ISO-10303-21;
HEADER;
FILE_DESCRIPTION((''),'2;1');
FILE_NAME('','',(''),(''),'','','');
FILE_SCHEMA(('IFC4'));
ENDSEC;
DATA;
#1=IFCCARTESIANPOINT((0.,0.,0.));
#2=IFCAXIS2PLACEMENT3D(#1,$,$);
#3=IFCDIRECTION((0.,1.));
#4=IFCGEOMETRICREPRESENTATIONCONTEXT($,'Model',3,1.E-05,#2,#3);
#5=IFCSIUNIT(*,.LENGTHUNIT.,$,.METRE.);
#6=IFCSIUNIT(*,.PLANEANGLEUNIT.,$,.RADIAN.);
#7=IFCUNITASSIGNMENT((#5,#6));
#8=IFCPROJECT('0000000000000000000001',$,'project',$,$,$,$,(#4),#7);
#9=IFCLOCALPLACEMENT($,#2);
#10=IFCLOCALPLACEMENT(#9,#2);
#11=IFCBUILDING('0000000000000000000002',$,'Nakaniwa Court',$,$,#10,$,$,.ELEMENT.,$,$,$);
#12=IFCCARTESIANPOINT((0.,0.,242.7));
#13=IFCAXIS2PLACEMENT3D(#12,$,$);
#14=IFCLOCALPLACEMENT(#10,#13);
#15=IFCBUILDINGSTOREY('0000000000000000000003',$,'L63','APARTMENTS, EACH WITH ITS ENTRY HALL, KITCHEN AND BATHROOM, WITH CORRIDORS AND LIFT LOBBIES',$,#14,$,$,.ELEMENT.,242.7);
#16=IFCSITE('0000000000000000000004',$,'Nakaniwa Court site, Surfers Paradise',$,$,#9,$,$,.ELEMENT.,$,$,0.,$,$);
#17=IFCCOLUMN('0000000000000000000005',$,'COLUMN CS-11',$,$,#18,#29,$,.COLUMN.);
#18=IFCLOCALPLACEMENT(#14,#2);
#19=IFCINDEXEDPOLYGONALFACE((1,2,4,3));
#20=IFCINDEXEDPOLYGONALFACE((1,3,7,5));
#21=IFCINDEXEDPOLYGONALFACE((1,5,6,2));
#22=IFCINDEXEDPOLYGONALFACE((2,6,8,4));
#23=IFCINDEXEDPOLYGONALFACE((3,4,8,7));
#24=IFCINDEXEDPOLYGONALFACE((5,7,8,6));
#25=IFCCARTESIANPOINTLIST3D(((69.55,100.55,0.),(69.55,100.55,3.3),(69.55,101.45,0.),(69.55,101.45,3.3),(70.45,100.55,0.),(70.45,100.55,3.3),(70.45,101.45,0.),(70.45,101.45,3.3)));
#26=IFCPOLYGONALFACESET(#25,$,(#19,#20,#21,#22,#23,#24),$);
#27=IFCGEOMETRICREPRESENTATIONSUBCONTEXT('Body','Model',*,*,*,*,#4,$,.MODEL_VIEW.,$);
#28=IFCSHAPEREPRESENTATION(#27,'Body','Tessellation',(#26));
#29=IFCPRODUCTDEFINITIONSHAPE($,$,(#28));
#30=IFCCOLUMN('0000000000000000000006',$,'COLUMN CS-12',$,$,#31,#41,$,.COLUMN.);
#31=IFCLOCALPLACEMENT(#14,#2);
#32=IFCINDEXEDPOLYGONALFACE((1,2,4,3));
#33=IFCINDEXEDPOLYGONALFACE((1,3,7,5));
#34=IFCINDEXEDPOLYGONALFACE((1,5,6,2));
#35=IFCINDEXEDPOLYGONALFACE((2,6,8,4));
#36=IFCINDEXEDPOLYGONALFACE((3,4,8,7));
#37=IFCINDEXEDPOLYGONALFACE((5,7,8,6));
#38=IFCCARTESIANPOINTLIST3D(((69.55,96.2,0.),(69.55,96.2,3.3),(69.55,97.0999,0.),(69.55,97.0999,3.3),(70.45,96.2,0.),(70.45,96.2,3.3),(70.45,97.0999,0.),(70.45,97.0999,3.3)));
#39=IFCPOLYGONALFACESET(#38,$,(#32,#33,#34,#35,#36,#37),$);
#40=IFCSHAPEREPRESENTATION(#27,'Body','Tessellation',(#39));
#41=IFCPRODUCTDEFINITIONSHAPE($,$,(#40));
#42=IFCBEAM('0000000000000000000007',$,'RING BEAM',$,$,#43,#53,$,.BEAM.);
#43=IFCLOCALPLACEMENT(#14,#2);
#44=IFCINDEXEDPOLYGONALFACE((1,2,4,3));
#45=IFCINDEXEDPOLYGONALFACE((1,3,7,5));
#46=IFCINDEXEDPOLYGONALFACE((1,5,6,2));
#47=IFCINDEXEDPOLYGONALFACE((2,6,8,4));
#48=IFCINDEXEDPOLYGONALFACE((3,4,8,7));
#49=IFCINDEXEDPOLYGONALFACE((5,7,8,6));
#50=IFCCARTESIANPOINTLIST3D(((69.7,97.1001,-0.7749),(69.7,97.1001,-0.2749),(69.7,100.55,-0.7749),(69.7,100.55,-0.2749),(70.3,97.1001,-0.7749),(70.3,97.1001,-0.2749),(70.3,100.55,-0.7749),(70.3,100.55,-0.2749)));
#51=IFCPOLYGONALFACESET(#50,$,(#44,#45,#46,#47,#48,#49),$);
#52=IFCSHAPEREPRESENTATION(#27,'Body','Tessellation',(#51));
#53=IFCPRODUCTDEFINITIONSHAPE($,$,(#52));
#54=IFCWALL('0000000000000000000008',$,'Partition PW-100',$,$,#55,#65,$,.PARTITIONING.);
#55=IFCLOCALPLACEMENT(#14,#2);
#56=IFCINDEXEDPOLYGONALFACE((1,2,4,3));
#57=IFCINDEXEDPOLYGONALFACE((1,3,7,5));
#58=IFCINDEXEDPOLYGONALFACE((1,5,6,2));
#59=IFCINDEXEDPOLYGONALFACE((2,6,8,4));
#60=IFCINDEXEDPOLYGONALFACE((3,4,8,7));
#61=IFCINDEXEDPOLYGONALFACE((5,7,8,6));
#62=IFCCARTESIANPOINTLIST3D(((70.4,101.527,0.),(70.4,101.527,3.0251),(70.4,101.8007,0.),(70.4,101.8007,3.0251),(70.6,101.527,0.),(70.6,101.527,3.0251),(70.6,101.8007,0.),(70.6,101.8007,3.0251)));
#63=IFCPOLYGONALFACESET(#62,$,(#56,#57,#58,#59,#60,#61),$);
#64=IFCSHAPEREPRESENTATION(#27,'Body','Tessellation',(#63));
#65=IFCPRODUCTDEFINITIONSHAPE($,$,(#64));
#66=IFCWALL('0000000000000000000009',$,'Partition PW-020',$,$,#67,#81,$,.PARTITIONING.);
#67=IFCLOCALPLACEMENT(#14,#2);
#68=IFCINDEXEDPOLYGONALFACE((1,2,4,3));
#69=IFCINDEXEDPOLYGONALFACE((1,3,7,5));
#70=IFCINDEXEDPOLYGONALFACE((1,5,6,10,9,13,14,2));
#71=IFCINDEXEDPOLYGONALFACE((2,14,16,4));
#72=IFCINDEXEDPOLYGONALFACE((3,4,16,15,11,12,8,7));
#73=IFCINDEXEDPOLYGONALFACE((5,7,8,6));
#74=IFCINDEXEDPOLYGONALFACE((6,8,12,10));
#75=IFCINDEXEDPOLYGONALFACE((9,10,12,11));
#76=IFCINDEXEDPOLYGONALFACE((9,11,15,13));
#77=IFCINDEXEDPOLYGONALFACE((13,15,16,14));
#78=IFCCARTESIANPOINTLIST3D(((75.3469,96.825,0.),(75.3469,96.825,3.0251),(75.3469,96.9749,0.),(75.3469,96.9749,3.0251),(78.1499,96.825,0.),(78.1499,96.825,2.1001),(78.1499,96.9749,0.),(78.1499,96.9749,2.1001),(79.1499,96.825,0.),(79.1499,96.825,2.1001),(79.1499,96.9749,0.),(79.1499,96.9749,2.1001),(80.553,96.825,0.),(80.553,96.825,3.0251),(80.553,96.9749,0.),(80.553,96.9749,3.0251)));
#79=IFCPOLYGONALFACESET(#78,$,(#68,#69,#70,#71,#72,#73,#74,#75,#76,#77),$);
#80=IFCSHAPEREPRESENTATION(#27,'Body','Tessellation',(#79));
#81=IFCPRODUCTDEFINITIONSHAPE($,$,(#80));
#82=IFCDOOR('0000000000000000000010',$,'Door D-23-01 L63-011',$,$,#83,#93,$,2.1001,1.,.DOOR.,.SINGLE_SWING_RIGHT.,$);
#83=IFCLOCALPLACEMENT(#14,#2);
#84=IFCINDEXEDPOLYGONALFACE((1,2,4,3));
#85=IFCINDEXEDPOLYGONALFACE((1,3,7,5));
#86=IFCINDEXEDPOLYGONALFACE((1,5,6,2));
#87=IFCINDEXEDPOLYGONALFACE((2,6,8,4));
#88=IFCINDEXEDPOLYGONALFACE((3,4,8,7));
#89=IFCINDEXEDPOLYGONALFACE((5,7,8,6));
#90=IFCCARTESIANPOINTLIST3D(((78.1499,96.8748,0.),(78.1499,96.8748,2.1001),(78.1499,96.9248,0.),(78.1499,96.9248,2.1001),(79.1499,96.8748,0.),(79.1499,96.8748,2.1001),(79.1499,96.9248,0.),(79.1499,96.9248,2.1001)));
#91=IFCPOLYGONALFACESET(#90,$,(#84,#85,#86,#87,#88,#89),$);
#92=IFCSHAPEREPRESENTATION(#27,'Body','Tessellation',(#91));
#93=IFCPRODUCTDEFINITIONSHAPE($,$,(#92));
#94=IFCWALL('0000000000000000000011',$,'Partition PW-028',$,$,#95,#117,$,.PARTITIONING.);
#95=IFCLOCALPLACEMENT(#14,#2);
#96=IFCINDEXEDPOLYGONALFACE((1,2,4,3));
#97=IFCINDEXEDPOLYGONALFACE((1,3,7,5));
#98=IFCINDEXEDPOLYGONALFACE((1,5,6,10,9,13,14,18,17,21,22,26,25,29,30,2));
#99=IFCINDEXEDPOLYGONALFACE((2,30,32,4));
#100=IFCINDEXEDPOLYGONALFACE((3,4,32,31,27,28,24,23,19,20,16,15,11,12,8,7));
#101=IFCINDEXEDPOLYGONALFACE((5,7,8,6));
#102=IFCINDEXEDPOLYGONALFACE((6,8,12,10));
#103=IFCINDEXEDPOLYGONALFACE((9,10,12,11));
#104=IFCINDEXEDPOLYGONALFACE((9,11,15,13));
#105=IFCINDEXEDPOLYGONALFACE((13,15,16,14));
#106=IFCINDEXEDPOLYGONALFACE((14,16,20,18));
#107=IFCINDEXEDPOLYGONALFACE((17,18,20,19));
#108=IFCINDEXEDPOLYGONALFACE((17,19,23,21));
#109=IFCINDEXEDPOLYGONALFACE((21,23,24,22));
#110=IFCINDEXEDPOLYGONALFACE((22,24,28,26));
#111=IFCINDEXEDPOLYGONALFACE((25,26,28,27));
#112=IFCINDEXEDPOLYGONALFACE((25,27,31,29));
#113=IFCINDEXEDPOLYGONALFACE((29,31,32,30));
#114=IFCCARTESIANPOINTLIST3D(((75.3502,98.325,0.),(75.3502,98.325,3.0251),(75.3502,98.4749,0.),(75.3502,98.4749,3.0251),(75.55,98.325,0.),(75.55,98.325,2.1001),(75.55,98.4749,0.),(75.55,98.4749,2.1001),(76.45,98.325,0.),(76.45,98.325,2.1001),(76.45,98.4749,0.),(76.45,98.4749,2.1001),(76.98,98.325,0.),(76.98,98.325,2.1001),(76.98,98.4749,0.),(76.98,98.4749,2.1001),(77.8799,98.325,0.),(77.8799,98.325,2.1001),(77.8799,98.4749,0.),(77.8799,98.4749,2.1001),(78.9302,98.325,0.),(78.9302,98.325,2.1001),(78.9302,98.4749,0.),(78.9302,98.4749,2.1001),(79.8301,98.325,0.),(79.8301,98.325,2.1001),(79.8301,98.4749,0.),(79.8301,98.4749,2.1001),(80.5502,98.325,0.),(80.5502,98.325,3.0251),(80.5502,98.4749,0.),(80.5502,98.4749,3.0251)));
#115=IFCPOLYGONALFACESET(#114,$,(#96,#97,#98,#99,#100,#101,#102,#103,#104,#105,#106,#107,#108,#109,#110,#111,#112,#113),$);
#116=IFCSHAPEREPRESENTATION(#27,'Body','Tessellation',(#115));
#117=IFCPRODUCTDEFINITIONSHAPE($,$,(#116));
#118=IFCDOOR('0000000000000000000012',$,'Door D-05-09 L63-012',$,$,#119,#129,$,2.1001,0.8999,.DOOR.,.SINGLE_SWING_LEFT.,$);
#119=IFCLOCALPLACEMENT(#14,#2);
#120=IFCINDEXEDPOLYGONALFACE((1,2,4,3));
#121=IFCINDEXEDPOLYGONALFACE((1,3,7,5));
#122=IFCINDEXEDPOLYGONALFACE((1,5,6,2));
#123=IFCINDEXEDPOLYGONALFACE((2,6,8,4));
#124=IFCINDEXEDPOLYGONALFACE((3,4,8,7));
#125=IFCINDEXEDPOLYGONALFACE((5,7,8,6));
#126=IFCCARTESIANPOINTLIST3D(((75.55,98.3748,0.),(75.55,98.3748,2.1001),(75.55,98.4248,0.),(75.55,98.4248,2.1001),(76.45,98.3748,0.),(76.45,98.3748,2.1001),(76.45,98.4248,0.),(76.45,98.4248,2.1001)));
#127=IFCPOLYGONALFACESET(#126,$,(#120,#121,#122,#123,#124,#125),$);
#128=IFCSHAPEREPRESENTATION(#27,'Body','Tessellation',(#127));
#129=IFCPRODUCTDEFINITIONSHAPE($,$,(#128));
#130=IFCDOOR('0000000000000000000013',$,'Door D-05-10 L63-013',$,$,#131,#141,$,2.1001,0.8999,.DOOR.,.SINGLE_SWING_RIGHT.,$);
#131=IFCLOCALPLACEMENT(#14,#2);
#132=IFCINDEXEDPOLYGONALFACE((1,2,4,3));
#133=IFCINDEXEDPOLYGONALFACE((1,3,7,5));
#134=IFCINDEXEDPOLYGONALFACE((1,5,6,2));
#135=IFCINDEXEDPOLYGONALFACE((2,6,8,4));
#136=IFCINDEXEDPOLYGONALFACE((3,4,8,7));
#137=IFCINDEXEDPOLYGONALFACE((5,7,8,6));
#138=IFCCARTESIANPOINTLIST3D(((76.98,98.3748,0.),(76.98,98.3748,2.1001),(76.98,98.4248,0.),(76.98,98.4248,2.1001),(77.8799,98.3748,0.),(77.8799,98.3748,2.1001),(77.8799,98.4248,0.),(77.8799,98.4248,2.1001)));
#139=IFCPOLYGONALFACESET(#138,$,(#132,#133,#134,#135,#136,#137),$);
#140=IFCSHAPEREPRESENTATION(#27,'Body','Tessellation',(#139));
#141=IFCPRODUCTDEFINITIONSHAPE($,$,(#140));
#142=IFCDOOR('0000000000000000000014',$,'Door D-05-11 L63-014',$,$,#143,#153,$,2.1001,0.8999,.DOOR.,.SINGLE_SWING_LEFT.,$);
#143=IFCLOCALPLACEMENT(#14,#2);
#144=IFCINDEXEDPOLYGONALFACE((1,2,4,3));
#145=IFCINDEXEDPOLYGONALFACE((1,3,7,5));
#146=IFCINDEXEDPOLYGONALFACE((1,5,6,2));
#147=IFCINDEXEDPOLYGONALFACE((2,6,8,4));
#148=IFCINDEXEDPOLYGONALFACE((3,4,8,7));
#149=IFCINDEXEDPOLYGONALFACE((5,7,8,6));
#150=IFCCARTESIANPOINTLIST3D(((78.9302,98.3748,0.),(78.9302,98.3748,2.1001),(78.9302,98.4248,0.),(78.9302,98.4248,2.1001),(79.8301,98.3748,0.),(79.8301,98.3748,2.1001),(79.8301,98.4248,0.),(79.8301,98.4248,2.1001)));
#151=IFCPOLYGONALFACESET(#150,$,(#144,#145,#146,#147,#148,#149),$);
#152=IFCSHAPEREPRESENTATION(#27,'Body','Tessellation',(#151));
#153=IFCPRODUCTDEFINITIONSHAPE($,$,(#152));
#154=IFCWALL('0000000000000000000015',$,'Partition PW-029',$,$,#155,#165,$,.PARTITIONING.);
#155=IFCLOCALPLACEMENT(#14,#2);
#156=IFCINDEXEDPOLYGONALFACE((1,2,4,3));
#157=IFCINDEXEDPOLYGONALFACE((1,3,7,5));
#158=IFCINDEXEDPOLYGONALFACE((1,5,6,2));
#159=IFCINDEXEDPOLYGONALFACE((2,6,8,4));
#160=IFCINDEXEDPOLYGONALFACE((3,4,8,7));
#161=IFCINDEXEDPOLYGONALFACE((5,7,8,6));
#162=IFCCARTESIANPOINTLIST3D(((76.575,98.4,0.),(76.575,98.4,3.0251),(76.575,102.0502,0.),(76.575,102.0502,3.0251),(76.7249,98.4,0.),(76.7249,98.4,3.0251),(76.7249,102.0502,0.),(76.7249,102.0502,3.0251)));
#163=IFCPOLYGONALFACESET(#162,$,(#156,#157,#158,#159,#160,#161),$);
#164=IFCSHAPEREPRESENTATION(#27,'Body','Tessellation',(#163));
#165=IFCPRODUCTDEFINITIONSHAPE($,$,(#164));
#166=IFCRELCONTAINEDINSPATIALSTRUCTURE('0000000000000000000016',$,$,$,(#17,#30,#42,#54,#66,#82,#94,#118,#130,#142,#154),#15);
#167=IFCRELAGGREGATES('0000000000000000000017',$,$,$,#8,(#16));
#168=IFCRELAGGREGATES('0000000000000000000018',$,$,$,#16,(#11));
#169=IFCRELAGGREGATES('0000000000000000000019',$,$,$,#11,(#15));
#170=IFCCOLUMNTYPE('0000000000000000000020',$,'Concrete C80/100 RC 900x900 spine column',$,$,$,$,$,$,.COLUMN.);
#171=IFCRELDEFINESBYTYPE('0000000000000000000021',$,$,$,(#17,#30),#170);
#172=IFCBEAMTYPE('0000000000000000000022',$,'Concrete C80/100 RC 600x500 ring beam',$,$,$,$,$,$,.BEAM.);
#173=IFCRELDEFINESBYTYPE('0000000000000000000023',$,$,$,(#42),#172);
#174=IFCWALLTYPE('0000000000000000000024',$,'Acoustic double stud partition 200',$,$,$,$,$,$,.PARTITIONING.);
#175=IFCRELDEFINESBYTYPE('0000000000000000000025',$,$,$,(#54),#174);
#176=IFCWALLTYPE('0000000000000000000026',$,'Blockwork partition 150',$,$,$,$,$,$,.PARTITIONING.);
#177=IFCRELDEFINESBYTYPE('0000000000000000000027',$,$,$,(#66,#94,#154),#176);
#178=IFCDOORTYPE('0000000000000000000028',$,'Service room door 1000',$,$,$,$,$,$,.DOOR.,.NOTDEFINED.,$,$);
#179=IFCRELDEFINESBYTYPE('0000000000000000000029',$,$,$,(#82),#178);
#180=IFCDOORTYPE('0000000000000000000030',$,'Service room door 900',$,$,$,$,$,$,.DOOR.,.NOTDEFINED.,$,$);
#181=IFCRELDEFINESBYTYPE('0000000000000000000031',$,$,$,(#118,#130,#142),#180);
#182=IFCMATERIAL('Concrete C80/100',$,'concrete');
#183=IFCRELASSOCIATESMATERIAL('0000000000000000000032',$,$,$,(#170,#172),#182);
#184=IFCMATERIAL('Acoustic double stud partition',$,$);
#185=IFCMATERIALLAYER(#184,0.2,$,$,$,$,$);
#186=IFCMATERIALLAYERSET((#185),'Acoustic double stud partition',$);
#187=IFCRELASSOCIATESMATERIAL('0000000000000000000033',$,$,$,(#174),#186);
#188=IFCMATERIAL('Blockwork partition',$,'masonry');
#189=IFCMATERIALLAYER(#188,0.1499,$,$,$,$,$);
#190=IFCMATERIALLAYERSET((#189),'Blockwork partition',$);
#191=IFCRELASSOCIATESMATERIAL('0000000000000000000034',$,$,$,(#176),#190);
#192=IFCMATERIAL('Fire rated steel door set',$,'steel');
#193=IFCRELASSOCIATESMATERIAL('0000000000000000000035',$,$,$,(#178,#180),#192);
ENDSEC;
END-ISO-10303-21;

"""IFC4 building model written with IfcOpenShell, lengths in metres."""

from ifc_helpers import new_model, si_unit, direction, frame, frame_2d, origin, origin_2d, place, context, subcontext, project, spatial, rectangle, extrude, material, layer, layer_set, material_profile, profile_set, type_object, element, fill, save


model = new_model("IFC4")

# Units and contexts
model_context = context("Model", 3, precision=1e-05, world=origin(), true_north=direction((0.0, 1.0)))
body_context = subcontext(model_context, "Body", "Model", "MODEL_VIEW")
ifc_project = project(units=[si_unit("LENGTHUNIT", "METRE"), si_unit("PLANEANGLEUNIT", "RADIAN")], contexts=[model_context])

# Site, building, storey
site_placement = place(None, origin())
site = spatial("IfcSite", under=ifc_project, at=site_placement, Name="Nakaniwa Court site, Surfers Paradise", CompositionType="ELEMENT", RefElevation=0.0)
building_placement = place(site_placement, origin())
building = spatial("IfcBuilding", under=site, at=building_placement, Name="Nakaniwa Court", CompositionType="ELEMENT")
storey_placement = place(building_placement, frame((0.0, 0.0, 242.7)))
storey = spatial("IfcBuildingStorey", under=building, at=storey_placement, Name="L63", Description="APARTMENTS, EACH WITH ITS ENTRY HALL, KITCHEN AND BATHROOM, WITH CORRIDORS AND LIFT LOBBIES", CompositionType="ELEMENT", Elevation=242.7)

# Columns
ifc_material_1 = material(Name="Concrete C80/100", Category="concrete")
ifc_material_profile_1 = material_profile(ifc_material_1, rectangle(XDim=0.8999, YDim=0.8999, at=origin_2d()), Name="Concrete C80/100 RC 900x900 spine column")
ifc_profile_set_1 = profile_set([ifc_material_profile_1], Name="Concrete C80/100")
column_type = type_object("IfcColumnType", Name="Concrete C80/100 RC 900x900 spine column", PredefinedType="COLUMN", material=ifc_profile_set_1)
for number, where, z_axis, x_axis, name in (
    (1, (70.0, 101.0, 0.0), (0.0, 0.0, 1.0), (0.0, -1.0, 0.0), "COLUMN CS-11"),
    (2, (70.0, 96.6499, 0.0), (0.0, 0.0, 1.0), (0.0, -1.0, 0.0), "COLUMN CS-12"),
):
    element("IfcColumn", number, at=place(storey_placement, frame(where, z_axis=z_axis, x_axis=x_axis)), inside=storey, type_object=column_type, Name=name, PredefinedType="COLUMN", context=body_context, shape_type="SweptSolid", body=[
        extrude(rectangle(XDim=0.8999, YDim=0.8999, at=origin_2d()), origin(), (0.0, 0.0, 1.0), 3.3),
    ])

# Beam
ifc_material_profile_2 = material_profile(ifc_material_1, rectangle(XDim=0.6001, YDim=0.5, at=origin_2d()), Name="Concrete C80/100 RC 600x500 ring beam")
ifc_profile_set_2 = profile_set([ifc_material_profile_2], Name="Concrete C80/100")
beam_type = type_object("IfcBeamType", Name="Concrete C80/100 RC 600x500 ring beam", PredefinedType="BEAM", material=ifc_profile_set_2)
beam_placement = place(storey_placement, frame((70.0, 100.55, -0.5249), z_axis=(0.0, -1.0, 0.0), x_axis=(1.0, 0.0, 0.0)))
element("IfcBeam", 3, at=beam_placement, inside=storey, type_object=beam_type, Name="RING BEAM", PredefinedType="BEAM", context=body_context, shape_type="SweptSolid", body=[
    extrude(rectangle(XDim=0.6001, YDim=0.5, at=origin_2d()), origin(), (0.0, 0.0, 1.0), 3.45),
])

# Wall
ifc_material_2 = material(Name="Acoustic double stud partition")
ifc_layer_1 = layer(ifc_material_2, 0.2)
ifc_layer_set_1 = layer_set([ifc_layer_1], Name="Acoustic double stud partition")
wall_type_1 = type_object("IfcWallType", Name="Acoustic double stud partition 200", PredefinedType="PARTITIONING", material=ifc_layer_set_1)
wall_1_placement = place(storey_placement, frame((70.5, 101.5271, 0.0), z_axis=(0.0, 0.0, 1.0), x_axis=(0.0, 1.0, 0.0)))
element("IfcWall", 4, at=wall_1_placement, inside=storey, type_object=wall_type_1, Name="Partition PW-100", PredefinedType="PARTITIONING", context=body_context, shape_type="SweptSolid", body=[
    extrude(rectangle(XDim=0.2737, YDim=0.2, at=frame_2d((0.1367, 0.0))), origin(), (0.0, 0.0, 1.0), 3.0251),
])

# Wall, opening, door
ifc_material_3 = material(Name="Blockwork partition", Category="masonry")
ifc_layer_2 = layer(ifc_material_3, 0.1499)
ifc_layer_set_2 = layer_set([ifc_layer_2], Name="Blockwork partition")
wall_type_2 = type_object("IfcWallType", Name="Blockwork partition 150", PredefinedType="PARTITIONING", material=ifc_layer_set_2)
wall_2_placement = place(storey_placement, frame((75.3469, 96.8999, 0.0), z_axis=(0.0, 0.0, 1.0), x_axis=(1.0, 0.0, 0.0)))
wall_2 = element("IfcWall", 5, at=wall_2_placement, inside=storey, type_object=wall_type_2, Name="Partition PW-020", PredefinedType="PARTITIONING", context=body_context, shape_type="SweptSolid", body=[
    extrude(rectangle(XDim=5.2061, YDim=0.1499, at=frame_2d((2.603, 0.0))), origin(), (0.0, 0.0, 1.0), 3.0251),
])
opening_1_placement = place(wall_2_placement, frame((2.803, 0.0, 0.0)))
opening_1 = element("IfcOpeningElement", 6, at=opening_1_placement, cuts=wall_2, PredefinedType="OPENING", context=body_context, shape_type="SweptSolid", body=[
    extrude(rectangle(XDim=1.0, YDim=2.1001, at=frame_2d((0.5, 1.05))), frame((0.0, 0.085, 0.0), z_axis=(0.0, -1.0, 0.0), x_axis=(1.0, 0.0, 0.0)), (0.0, 0.0, 1.0), 0.1699),
])
ifc_material_4 = material(Name="Fire rated steel door set", Category="steel")
door_type_1 = type_object("IfcDoorType", Name="Service room door 1000", OperationType="NOTDEFINED", PredefinedType="DOOR", material=ifc_material_4)
door_1_placement = place(opening_1_placement, origin())
door_1 = element("IfcDoor", 7, at=door_1_placement, inside=storey, type_object=door_type_1, Name="Door D-23-01 L63-011", OperationType="SINGLE_SWING_RIGHT", OverallHeight=2.1001, OverallWidth=1.0, PredefinedType="DOOR", context=body_context, shape_type="SweptSolid", body=[
    extrude(rectangle(XDim=1.0, YDim=2.1001, at=frame_2d((0.5, 1.05))), frame((0.0, 0.0249, 0.0), z_axis=(0.0, -1.0, 0.0), x_axis=(1.0, 0.0, 0.0)), (0.0, 0.0, 1.0), 0.05),
])
fill(opening_1, door_1)

# Wall, openings, doors
wall_3_placement = place(storey_placement, frame((75.3501, 98.3999, 0.0), z_axis=(0.0, 0.0, 1.0), x_axis=(1.0, 0.0, 0.0)))
wall_3 = element("IfcWall", 8, at=wall_3_placement, inside=storey, type_object=wall_type_2, Name="Partition PW-028", PredefinedType="PARTITIONING", context=body_context, shape_type="SweptSolid", body=[
    extrude(rectangle(XDim=5.2, YDim=0.1499, at=frame_2d((2.6001, 0.0))), origin(), (0.0, 0.0, 1.0), 3.0251),
])
opening_2_placement = place(wall_3_placement, frame((0.2, 0.0, 0.0)))
opening_2 = element("IfcOpeningElement", 9, at=opening_2_placement, cuts=wall_3, PredefinedType="OPENING", context=body_context, shape_type="SweptSolid", body=[
    extrude(rectangle(XDim=0.8999, YDim=2.1001, at=frame_2d((0.45, 1.05))), frame((0.0, 0.085, 0.0), z_axis=(0.0, -1.0, 0.0), x_axis=(1.0, 0.0, 0.0)), (0.0, 0.0, 1.0), 0.1699),
])
opening_3_placement = place(wall_3_placement, frame((1.6299, 0.0, 0.0)))
opening_3 = element("IfcOpeningElement", 10, at=opening_3_placement, cuts=wall_3, PredefinedType="OPENING", context=body_context, shape_type="SweptSolid", body=[
    extrude(rectangle(XDim=0.8999, YDim=2.1001, at=frame_2d((0.45, 1.05))), frame((0.0, 0.085, 0.0), z_axis=(0.0, -1.0, 0.0), x_axis=(1.0, 0.0, 0.0)), (0.0, 0.0, 1.0), 0.1699),
])
opening_4_placement = place(wall_3_placement, frame((3.5801, 0.0, 0.0)))
opening_4 = element("IfcOpeningElement", 11, at=opening_4_placement, cuts=wall_3, PredefinedType="OPENING", context=body_context, shape_type="SweptSolid", body=[
    extrude(rectangle(XDim=0.8999, YDim=2.1001, at=frame_2d((0.45, 1.05))), frame((0.0, 0.085, 0.0), z_axis=(0.0, -1.0, 0.0), x_axis=(1.0, 0.0, 0.0)), (0.0, 0.0, 1.0), 0.1699),
])
door_type_2 = type_object("IfcDoorType", Name="Service room door 900", OperationType="NOTDEFINED", PredefinedType="DOOR", material=ifc_material_4)
door_2_placement = place(opening_2_placement, origin())
door_2 = element("IfcDoor", 12, at=door_2_placement, inside=storey, type_object=door_type_2, Name="Door D-05-09 L63-012", OperationType="SINGLE_SWING_LEFT", OverallHeight=2.1001, OverallWidth=0.8999, PredefinedType="DOOR", context=body_context, shape_type="SweptSolid", body=[
    extrude(rectangle(XDim=0.8999, YDim=2.1001, at=frame_2d((0.45, 1.05))), frame((0.0, 0.0249, 0.0), z_axis=(0.0, -1.0, 0.0), x_axis=(1.0, 0.0, 0.0)), (0.0, 0.0, 1.0), 0.05),
])
fill(opening_2, door_2)
door_3_placement = place(opening_3_placement, origin())
door_3 = element("IfcDoor", 13, at=door_3_placement, inside=storey, type_object=door_type_2, Name="Door D-05-10 L63-013", OperationType="SINGLE_SWING_RIGHT", OverallHeight=2.1001, OverallWidth=0.8999, PredefinedType="DOOR", context=body_context, shape_type="SweptSolid", body=[
    extrude(rectangle(XDim=0.8999, YDim=2.1001, at=frame_2d((0.45, 1.05))), frame((0.0, 0.0249, 0.0), z_axis=(0.0, -1.0, 0.0), x_axis=(1.0, 0.0, 0.0)), (0.0, 0.0, 1.0), 0.05),
])
fill(opening_3, door_3)
door_4_placement = place(opening_4_placement, origin())
door_4 = element("IfcDoor", 14, at=door_4_placement, inside=storey, type_object=door_type_2, Name="Door D-05-11 L63-014", OperationType="SINGLE_SWING_LEFT", OverallHeight=2.1001, OverallWidth=0.8999, PredefinedType="DOOR", context=body_context, shape_type="SweptSolid", body=[
    extrude(rectangle(XDim=0.8999, YDim=2.1001, at=frame_2d((0.45, 1.05))), frame((0.0, 0.0249, 0.0), z_axis=(0.0, -1.0, 0.0), x_axis=(1.0, 0.0, 0.0)), (0.0, 0.0, 1.0), 0.05),
])
fill(opening_4, door_4)

# Wall
wall_4_placement = place(storey_placement, frame((76.6499, 98.3999, 0.0), z_axis=(0.0, 0.0, 1.0), x_axis=(0.0, 1.0, 0.0)))
element("IfcWall", 15, at=wall_4_placement, inside=storey, type_object=wall_type_2, Name="Partition PW-029", PredefinedType="PARTITIONING", context=body_context, shape_type="SweptSolid", body=[
    extrude(rectangle(XDim=3.6501, YDim=0.1499, at=frame_2d((1.8252, 0.0))), origin(), (0.0, 0.0, 1.0), 3.0251),
])

save(model, "model.ifc")
